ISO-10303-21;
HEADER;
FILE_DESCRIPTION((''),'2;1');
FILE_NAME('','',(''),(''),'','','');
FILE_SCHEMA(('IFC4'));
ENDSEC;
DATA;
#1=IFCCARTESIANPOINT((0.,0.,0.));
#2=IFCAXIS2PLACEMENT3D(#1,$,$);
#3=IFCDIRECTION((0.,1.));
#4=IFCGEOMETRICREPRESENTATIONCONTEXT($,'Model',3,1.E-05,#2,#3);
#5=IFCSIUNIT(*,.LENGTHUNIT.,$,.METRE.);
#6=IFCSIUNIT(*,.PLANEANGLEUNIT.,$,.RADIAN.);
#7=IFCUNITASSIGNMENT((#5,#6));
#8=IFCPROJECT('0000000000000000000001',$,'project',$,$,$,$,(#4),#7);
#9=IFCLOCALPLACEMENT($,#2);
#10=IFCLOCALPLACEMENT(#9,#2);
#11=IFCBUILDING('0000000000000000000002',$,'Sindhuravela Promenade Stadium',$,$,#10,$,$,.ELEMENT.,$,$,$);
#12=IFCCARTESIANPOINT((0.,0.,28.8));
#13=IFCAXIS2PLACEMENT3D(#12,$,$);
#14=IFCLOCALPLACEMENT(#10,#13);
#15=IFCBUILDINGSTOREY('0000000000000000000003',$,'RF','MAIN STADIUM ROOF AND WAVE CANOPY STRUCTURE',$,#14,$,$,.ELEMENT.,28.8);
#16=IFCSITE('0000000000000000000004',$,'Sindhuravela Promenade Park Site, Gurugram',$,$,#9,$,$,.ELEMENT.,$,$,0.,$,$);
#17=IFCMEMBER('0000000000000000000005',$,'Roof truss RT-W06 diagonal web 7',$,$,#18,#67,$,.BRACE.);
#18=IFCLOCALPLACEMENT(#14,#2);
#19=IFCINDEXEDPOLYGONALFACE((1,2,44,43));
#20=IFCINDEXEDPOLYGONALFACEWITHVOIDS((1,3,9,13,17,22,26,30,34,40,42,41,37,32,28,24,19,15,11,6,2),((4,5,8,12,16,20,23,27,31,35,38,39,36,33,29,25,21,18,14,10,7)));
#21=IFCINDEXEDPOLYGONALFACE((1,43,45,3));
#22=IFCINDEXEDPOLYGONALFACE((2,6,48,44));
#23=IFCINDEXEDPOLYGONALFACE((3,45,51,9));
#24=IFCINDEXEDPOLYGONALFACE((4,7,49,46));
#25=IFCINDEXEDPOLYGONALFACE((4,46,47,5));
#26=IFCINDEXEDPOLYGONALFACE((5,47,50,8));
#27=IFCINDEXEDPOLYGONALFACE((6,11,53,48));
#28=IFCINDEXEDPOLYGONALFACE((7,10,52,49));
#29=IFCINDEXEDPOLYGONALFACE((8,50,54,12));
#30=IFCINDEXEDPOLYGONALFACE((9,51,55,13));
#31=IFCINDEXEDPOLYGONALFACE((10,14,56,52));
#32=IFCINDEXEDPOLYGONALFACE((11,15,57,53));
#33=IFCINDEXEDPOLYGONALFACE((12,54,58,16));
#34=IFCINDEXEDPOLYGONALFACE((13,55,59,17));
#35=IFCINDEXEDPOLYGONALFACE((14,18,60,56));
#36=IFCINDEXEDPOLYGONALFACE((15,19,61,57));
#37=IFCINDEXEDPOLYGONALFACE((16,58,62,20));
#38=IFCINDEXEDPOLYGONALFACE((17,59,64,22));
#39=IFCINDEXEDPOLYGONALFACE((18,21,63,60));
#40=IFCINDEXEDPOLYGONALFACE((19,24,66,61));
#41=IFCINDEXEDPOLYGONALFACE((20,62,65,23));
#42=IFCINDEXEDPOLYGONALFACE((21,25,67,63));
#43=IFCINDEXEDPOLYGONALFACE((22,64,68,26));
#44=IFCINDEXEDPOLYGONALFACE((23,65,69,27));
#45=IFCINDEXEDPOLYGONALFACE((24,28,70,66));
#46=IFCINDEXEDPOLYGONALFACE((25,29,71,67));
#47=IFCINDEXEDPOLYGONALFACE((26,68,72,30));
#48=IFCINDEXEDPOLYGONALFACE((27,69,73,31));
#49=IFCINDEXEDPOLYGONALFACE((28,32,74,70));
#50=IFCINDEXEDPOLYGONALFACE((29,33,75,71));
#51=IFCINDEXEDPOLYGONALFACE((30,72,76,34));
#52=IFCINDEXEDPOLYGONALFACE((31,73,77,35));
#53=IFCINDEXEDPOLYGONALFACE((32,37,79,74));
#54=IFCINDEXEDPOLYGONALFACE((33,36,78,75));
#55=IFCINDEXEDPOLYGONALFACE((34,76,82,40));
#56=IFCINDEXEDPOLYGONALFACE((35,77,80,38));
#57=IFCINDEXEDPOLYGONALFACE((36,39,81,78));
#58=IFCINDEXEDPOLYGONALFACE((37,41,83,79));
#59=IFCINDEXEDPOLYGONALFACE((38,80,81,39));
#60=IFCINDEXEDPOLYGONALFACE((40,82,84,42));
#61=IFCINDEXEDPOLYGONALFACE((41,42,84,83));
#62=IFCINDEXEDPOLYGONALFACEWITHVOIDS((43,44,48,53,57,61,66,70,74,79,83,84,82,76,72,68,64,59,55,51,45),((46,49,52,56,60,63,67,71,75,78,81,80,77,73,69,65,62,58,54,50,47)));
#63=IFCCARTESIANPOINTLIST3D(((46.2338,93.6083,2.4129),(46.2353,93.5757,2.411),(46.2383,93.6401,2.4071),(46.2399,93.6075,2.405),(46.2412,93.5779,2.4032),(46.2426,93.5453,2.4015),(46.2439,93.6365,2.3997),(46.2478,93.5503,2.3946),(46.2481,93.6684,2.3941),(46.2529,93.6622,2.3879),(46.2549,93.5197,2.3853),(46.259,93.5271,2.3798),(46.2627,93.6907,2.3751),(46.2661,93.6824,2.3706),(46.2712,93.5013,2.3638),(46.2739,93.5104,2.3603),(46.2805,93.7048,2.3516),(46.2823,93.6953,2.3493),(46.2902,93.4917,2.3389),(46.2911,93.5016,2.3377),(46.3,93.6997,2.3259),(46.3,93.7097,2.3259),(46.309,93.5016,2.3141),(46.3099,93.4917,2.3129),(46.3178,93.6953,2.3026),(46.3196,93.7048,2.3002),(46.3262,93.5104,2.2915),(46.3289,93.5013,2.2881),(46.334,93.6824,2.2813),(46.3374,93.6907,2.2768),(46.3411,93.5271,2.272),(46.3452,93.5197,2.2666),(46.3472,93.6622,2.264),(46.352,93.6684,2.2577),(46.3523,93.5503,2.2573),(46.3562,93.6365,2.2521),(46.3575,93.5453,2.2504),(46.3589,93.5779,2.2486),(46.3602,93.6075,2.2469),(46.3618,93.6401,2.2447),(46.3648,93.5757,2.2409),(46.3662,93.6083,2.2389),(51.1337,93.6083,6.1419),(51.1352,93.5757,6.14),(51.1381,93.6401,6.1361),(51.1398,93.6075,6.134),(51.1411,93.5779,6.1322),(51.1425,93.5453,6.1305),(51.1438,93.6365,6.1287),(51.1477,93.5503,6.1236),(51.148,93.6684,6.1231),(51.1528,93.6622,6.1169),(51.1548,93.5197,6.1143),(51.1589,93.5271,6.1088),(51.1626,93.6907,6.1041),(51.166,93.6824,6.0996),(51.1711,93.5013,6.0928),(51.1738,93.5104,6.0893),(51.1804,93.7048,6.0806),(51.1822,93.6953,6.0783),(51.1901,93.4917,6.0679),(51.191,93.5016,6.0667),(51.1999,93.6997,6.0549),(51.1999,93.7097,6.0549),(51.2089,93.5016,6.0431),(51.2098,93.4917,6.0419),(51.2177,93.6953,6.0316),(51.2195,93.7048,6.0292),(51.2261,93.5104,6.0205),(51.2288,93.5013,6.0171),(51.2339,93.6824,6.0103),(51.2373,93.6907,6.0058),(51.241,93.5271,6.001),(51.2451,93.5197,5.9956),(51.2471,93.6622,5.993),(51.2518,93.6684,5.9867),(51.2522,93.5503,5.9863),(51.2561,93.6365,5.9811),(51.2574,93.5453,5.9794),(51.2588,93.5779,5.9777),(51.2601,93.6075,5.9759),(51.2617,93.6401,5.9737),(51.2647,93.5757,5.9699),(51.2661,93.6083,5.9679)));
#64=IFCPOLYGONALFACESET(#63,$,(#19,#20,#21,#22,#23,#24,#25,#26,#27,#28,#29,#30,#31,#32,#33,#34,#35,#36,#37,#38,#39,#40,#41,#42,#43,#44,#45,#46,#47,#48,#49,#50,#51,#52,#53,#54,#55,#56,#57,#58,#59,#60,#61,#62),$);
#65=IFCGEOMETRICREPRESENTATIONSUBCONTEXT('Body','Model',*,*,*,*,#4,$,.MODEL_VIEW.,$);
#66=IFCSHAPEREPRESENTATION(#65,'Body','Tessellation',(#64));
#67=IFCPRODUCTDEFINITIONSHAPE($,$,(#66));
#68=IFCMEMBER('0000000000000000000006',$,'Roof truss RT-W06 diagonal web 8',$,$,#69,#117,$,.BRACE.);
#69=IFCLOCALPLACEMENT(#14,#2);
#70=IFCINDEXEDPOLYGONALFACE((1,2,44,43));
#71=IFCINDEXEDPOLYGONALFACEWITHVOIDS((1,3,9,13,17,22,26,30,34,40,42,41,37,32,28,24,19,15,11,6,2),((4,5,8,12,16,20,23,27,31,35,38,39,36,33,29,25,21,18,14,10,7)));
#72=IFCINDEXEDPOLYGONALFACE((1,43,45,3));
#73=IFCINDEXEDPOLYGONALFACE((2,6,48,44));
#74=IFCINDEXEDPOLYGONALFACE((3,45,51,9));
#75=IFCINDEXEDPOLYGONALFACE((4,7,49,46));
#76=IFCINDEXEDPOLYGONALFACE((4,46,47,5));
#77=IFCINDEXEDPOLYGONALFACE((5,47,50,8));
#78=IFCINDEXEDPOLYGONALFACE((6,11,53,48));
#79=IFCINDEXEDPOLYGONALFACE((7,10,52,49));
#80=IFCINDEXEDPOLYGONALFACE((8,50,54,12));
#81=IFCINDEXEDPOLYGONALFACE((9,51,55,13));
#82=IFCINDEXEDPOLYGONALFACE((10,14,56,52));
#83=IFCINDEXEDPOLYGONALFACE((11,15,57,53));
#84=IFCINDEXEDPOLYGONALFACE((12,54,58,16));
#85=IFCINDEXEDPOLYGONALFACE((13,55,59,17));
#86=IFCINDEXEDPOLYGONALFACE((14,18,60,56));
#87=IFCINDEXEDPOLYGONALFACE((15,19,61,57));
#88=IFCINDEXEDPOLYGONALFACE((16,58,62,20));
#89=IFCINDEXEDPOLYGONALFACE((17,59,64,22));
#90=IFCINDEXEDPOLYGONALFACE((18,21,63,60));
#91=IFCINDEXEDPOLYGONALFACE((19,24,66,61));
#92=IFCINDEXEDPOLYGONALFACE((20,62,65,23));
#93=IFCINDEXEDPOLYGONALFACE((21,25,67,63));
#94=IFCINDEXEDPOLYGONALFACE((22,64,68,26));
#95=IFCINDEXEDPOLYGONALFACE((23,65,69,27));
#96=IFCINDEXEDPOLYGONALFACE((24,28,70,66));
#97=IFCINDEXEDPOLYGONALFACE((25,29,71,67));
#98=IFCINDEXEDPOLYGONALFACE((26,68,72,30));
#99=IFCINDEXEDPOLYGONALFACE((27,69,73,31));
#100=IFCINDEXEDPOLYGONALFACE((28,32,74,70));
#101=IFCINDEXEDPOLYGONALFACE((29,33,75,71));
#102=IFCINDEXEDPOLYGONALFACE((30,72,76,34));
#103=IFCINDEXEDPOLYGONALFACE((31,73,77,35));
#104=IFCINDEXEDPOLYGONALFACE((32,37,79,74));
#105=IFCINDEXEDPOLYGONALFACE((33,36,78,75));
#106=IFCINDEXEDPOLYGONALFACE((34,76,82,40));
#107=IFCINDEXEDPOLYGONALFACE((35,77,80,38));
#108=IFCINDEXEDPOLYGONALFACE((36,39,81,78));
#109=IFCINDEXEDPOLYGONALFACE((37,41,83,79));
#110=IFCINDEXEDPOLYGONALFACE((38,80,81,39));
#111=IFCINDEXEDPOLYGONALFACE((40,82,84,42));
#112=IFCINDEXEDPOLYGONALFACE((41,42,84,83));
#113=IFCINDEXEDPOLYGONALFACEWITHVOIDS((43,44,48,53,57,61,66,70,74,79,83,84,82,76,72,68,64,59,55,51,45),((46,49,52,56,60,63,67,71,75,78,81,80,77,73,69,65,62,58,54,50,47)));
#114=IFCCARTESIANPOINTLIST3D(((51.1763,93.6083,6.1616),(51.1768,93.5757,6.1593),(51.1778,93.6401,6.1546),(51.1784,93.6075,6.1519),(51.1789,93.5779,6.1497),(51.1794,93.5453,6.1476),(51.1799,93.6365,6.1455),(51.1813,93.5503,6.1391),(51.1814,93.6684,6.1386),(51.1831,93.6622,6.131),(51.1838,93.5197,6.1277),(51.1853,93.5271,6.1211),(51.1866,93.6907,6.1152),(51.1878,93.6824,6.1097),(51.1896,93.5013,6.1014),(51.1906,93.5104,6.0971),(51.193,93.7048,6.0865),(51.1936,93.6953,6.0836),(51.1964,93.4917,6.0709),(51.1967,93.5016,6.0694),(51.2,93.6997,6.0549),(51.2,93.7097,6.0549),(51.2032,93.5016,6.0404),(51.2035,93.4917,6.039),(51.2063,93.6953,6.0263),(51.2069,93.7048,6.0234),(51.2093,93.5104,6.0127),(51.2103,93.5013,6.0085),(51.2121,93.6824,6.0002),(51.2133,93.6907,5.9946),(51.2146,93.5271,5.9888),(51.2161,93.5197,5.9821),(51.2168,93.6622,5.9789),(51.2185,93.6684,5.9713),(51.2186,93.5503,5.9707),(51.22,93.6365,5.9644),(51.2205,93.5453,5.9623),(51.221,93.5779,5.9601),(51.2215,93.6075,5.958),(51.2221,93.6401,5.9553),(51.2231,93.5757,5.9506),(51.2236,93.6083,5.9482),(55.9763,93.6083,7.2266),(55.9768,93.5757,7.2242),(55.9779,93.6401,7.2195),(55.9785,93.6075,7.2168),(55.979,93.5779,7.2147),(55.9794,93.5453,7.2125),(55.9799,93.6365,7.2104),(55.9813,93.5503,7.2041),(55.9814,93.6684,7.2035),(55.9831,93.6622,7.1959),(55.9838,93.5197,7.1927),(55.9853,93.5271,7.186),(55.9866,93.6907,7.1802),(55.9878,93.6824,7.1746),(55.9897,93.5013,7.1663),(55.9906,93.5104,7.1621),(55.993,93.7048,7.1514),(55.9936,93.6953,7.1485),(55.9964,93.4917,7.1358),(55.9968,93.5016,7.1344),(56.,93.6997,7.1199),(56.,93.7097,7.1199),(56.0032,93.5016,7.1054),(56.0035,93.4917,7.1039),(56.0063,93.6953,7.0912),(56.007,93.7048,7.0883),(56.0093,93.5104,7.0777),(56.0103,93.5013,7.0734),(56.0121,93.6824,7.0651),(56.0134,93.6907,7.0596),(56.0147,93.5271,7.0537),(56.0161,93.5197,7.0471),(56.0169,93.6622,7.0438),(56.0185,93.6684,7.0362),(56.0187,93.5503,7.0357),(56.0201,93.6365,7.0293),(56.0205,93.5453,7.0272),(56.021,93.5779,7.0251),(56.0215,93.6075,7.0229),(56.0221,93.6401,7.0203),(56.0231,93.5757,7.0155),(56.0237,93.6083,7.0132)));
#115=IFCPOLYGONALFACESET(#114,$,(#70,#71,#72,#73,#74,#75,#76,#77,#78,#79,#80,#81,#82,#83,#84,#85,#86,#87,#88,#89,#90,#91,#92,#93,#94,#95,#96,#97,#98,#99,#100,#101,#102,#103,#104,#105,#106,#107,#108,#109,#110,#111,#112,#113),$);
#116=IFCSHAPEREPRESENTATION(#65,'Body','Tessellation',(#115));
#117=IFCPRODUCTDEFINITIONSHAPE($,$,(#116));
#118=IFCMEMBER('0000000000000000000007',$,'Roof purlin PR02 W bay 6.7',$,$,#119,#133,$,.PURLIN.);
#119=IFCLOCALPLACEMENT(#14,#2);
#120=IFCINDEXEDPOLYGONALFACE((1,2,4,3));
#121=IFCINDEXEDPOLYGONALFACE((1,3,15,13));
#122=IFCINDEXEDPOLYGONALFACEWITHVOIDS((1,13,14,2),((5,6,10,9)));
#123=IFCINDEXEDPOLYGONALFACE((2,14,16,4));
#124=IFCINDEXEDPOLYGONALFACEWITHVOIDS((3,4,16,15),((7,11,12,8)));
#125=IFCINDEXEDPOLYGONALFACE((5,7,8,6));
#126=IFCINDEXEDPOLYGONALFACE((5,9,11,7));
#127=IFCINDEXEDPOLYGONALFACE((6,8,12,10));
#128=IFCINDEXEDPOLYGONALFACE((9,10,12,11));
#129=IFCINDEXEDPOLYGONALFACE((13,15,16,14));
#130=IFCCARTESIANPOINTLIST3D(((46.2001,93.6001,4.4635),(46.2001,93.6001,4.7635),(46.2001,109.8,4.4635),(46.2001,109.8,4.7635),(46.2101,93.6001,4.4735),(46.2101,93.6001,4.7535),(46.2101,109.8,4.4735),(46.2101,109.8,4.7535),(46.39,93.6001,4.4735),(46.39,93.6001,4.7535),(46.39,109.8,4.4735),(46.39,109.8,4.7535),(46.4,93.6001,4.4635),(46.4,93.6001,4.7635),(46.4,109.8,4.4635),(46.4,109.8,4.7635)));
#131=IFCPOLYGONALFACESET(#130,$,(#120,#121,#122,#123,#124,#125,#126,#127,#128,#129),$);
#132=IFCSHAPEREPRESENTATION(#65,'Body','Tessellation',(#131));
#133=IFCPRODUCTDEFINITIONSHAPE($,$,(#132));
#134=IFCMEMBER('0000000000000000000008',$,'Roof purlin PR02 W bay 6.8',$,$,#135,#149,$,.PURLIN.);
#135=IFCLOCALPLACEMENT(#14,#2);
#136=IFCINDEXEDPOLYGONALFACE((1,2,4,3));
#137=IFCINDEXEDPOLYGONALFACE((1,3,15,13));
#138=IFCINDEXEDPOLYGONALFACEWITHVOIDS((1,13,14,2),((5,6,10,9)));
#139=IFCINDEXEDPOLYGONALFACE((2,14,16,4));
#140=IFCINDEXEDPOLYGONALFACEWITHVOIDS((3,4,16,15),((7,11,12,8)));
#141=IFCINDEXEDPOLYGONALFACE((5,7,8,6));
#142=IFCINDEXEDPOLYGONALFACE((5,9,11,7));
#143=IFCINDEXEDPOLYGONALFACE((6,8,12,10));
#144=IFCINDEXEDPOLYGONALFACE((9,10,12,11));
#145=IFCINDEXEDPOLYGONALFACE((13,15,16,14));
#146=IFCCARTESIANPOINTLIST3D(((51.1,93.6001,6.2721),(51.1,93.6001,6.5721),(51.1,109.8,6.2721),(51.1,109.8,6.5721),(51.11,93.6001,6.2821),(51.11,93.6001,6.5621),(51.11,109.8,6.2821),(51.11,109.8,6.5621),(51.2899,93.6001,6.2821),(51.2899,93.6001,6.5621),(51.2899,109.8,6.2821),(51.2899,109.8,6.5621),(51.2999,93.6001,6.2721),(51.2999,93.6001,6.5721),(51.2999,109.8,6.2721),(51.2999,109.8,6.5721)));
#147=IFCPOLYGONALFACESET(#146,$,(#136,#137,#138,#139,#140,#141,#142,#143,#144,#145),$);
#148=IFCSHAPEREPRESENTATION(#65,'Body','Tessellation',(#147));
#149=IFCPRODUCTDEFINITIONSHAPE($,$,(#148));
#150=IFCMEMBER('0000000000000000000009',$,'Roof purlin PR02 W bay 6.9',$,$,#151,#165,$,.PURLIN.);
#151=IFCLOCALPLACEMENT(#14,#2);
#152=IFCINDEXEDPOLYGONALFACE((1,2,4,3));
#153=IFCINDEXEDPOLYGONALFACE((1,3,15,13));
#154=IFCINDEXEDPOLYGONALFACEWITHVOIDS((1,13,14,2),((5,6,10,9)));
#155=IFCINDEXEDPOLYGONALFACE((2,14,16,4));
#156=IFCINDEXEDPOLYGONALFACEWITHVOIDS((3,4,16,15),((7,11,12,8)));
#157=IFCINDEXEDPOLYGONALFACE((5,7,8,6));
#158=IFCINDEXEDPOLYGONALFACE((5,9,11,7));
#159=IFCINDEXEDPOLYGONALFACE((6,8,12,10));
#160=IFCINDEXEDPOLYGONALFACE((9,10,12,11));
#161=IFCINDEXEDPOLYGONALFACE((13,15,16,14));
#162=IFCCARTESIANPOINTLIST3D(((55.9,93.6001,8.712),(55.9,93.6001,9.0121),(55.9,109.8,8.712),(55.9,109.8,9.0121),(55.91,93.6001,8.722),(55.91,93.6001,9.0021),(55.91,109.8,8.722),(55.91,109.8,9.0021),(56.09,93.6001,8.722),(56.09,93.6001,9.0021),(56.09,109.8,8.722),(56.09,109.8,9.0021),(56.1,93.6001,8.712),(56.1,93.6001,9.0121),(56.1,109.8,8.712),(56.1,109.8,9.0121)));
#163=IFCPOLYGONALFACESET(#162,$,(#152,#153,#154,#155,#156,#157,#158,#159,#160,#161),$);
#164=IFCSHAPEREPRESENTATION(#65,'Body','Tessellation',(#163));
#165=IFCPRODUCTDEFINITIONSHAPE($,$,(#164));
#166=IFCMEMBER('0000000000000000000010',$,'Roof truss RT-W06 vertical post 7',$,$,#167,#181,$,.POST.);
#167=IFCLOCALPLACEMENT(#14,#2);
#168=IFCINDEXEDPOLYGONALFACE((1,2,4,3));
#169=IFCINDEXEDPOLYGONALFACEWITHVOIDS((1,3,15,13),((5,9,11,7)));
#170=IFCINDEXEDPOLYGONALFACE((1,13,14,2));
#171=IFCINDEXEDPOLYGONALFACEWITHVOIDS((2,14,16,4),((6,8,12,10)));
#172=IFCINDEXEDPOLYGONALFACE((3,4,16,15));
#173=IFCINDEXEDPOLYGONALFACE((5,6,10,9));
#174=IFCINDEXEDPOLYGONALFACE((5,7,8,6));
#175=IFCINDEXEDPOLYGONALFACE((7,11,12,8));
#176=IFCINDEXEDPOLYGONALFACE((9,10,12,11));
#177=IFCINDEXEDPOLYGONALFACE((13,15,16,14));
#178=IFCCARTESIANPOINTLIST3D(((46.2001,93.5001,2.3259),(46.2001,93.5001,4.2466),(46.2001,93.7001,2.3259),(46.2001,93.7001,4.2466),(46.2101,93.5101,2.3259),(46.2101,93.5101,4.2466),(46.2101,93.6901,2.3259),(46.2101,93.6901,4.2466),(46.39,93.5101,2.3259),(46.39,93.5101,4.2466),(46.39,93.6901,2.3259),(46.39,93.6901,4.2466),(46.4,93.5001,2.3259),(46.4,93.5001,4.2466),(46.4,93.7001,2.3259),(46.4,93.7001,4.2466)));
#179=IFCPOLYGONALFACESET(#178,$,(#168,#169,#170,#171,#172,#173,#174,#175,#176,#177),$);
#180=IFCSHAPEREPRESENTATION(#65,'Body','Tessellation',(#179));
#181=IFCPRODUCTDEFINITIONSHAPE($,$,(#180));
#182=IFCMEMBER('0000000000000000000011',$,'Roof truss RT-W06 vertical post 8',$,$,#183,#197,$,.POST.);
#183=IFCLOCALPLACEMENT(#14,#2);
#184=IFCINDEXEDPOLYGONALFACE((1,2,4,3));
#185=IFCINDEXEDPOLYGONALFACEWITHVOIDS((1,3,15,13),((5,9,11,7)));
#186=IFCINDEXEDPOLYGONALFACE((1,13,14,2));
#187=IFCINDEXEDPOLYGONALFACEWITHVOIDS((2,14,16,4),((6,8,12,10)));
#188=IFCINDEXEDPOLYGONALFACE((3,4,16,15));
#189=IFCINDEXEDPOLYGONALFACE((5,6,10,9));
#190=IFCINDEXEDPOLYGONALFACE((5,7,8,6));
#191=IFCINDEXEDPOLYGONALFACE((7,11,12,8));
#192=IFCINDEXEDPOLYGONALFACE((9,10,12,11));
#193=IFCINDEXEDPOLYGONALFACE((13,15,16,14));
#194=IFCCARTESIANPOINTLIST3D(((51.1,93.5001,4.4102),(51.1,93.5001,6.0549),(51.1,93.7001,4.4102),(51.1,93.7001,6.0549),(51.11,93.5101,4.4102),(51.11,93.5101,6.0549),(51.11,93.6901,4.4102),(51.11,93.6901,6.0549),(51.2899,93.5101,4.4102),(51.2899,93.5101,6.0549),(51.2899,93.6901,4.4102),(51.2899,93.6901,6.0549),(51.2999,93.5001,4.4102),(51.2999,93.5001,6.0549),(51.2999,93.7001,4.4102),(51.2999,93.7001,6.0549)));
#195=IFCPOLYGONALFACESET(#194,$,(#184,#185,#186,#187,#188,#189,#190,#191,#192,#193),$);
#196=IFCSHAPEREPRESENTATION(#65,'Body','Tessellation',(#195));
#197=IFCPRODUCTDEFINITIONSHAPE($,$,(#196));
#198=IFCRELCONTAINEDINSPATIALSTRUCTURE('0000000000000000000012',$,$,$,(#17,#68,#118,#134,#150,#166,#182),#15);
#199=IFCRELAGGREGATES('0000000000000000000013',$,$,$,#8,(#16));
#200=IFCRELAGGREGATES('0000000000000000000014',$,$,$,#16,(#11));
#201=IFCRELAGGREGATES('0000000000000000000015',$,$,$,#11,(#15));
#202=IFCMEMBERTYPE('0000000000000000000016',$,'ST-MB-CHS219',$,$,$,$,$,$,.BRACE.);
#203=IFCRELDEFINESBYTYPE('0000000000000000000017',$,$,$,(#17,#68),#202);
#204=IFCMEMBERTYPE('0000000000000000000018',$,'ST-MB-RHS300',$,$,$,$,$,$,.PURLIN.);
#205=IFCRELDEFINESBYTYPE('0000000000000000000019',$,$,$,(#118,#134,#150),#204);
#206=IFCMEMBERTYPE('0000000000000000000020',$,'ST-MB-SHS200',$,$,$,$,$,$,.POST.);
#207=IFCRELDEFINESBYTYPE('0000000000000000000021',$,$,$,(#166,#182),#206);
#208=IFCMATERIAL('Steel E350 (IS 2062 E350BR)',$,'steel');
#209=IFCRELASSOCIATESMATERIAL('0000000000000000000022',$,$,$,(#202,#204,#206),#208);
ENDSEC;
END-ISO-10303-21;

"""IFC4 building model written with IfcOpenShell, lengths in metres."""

from ifc_helpers import new_model, si_unit, direction, frame, origin, origin_2d, place, context, subcontext, project, spatial, hollow_rectangle, hollow_circle, extrude, material, material_profile, profile_set, type_object, element, save


model = new_model("IFC4")

# Units and contexts
model_context = context("Model", 3, precision=1e-05, world=origin(), true_north=direction((0.0, 1.0)))
body_context = subcontext(model_context, "Body", "Model", "MODEL_VIEW")
ifc_project = project(units=[si_unit("LENGTHUNIT", "METRE"), si_unit("PLANEANGLEUNIT", "RADIAN")], contexts=[model_context])

# Site, building, storey
site_placement = place(None, origin())
site = spatial("IfcSite", under=ifc_project, at=site_placement, Name="Sindhuravela Promenade Park Site, Gurugram", CompositionType="ELEMENT", RefElevation=0.0)
building_placement = place(site_placement, origin())
building = spatial("IfcBuilding", under=site, at=building_placement, Name="Sindhuravela Promenade Stadium", CompositionType="ELEMENT")
storey_placement = place(building_placement, frame((0.0, 0.0, 28.8)))
storey = spatial("IfcBuildingStorey", under=building, at=storey_placement, Name="RF", Description="MAIN STADIUM ROOF AND WAVE CANOPY STRUCTURE", CompositionType="ELEMENT", Elevation=28.8)

# Shared definitions
ifc_material_1 = material(Name="Steel E350 (IS 2062 E350BR)", Category="steel")

# Members
ifc_material_profile_1 = material_profile(ifc_material_1, hollow_circle(Radius=0.1096, WallThickness=0.01, at=origin_2d()), Name="CHS 219.1x10")
ifc_profile_set_1 = profile_set([ifc_material_profile_1], Name="Steel E350 (IS 2062 E350BR)")
member_type_1 = type_object("IfcMemberType", Name="ST-MB-CHS219", PredefinedType="BRACE", material=ifc_profile_set_1)
member_1_placement = place(storey_placement, frame((46.3, 93.6001, 2.3259), z_axis=(0.795765, 0.0, 0.605606), x_axis=(0.0, 1.0, 0.0)))
element("IfcMember", 1, at=member_1_placement, inside=storey, type_object=member_type_1, Name="Roof truss RT-W06 diagonal web 7", PredefinedType="BRACE", context=body_context, shape_type="SweptSolid", body=[
    extrude(hollow_circle(Radius=0.1096, WallThickness=0.01, at=origin_2d()), origin(), (0.0, 0.0, 1.0), 6.1575),
])
member_2_placement = place(storey_placement, frame((51.2, 93.6001, 6.0549), z_axis=(0.976262, 0.0, 0.216594), x_axis=(0.0, 1.0, 0.0)))
element("IfcMember", 2, at=member_2_placement, inside=storey, type_object=member_type_1, Name="Roof truss RT-W06 diagonal web 8", PredefinedType="BRACE", context=body_context, shape_type="SweptSolid", body=[
    extrude(hollow_circle(Radius=0.1096, WallThickness=0.01, at=origin_2d()), origin(), (0.0, 0.0, 1.0), 4.9167),
])
ifc_material_profile_2 = material_profile(ifc_material_1, hollow_rectangle(XDim=0.2, YDim=0.3, WallThickness=0.01, at=origin_2d()), Name="RHS 300x200x10")
ifc_profile_set_2 = profile_set([ifc_material_profile_2], Name="Steel E350 (IS 2062 E350BR)")
member_type_2 = type_object("IfcMemberType", Name="ST-MB-RHS300", PredefinedType="PURLIN", material=ifc_profile_set_2)
for number, where, z_axis, x_axis, name in (
    (3, (46.3, 93.6001, 4.6135), (0.0, 1.0, 0.0), (-1.0, 0.0, 0.0), "Roof purlin PR02 W bay 6.7"),
    (4, (51.2, 93.6001, 6.4221), (0.0, 1.0, 0.0), (-1.0, 0.0, 0.0), "Roof purlin PR02 W bay 6.8"),
    (5, (56.0, 93.6001, 8.8621), (0.0, 1.0, 0.0), (-1.0, 0.0, 0.0), "Roof purlin PR02 W bay 6.9"),
):
    element("IfcMember", number, at=place(storey_placement, frame(where, z_axis=z_axis, x_axis=x_axis)), inside=storey, type_object=member_type_2, Name=name, PredefinedType="PURLIN", context=body_context, shape_type="SweptSolid", body=[
        extrude(hollow_rectangle(XDim=0.2, YDim=0.3, WallThickness=0.01, at=origin_2d()), origin(), (0.0, 0.0, 1.0), 16.2),
    ])
ifc_material_profile_3 = material_profile(ifc_material_1, hollow_rectangle(XDim=0.2, YDim=0.2, WallThickness=0.01, at=origin_2d()), Name="SHS 200x200x10")
ifc_profile_set_3 = profile_set([ifc_material_profile_3], Name="Steel E350 (IS 2062 E350BR)")
member_type_3 = type_object("IfcMemberType", Name="ST-MB-SHS200", PredefinedType="POST", material=ifc_profile_set_3)
member_3_placement = place(storey_placement, frame((46.3, 93.6001, 2.3259), z_axis=(0.0, 0.0, 1.0), x_axis=(1.0, 0.0, 0.0)))
element("IfcMember", 6, at=member_3_placement, inside=storey, type_object=member_type_3, Name="Roof truss RT-W06 vertical post 7", PredefinedType="POST", context=body_context, shape_type="SweptSolid", body=[
    extrude(hollow_rectangle(XDim=0.2, YDim=0.2, WallThickness=0.01, at=origin_2d()), origin(), (0.0, 0.0, 1.0), 1.9207),
])
member_4_placement = place(storey_placement, frame((51.2, 93.6001, 4.4102), z_axis=(0.0, 0.0, 1.0), x_axis=(1.0, 0.0, 0.0)))
element("IfcMember", 7, at=member_4_placement, inside=storey, type_object=member_type_3, Name="Roof truss RT-W06 vertical post 8", PredefinedType="POST", context=body_context, shape_type="SweptSolid", body=[
    extrude(hollow_rectangle(XDim=0.2, YDim=0.2, WallThickness=0.01, at=origin_2d()), origin(), (0.0, 0.0, 1.0), 1.6448),
])

save(model, "model.ifc")
